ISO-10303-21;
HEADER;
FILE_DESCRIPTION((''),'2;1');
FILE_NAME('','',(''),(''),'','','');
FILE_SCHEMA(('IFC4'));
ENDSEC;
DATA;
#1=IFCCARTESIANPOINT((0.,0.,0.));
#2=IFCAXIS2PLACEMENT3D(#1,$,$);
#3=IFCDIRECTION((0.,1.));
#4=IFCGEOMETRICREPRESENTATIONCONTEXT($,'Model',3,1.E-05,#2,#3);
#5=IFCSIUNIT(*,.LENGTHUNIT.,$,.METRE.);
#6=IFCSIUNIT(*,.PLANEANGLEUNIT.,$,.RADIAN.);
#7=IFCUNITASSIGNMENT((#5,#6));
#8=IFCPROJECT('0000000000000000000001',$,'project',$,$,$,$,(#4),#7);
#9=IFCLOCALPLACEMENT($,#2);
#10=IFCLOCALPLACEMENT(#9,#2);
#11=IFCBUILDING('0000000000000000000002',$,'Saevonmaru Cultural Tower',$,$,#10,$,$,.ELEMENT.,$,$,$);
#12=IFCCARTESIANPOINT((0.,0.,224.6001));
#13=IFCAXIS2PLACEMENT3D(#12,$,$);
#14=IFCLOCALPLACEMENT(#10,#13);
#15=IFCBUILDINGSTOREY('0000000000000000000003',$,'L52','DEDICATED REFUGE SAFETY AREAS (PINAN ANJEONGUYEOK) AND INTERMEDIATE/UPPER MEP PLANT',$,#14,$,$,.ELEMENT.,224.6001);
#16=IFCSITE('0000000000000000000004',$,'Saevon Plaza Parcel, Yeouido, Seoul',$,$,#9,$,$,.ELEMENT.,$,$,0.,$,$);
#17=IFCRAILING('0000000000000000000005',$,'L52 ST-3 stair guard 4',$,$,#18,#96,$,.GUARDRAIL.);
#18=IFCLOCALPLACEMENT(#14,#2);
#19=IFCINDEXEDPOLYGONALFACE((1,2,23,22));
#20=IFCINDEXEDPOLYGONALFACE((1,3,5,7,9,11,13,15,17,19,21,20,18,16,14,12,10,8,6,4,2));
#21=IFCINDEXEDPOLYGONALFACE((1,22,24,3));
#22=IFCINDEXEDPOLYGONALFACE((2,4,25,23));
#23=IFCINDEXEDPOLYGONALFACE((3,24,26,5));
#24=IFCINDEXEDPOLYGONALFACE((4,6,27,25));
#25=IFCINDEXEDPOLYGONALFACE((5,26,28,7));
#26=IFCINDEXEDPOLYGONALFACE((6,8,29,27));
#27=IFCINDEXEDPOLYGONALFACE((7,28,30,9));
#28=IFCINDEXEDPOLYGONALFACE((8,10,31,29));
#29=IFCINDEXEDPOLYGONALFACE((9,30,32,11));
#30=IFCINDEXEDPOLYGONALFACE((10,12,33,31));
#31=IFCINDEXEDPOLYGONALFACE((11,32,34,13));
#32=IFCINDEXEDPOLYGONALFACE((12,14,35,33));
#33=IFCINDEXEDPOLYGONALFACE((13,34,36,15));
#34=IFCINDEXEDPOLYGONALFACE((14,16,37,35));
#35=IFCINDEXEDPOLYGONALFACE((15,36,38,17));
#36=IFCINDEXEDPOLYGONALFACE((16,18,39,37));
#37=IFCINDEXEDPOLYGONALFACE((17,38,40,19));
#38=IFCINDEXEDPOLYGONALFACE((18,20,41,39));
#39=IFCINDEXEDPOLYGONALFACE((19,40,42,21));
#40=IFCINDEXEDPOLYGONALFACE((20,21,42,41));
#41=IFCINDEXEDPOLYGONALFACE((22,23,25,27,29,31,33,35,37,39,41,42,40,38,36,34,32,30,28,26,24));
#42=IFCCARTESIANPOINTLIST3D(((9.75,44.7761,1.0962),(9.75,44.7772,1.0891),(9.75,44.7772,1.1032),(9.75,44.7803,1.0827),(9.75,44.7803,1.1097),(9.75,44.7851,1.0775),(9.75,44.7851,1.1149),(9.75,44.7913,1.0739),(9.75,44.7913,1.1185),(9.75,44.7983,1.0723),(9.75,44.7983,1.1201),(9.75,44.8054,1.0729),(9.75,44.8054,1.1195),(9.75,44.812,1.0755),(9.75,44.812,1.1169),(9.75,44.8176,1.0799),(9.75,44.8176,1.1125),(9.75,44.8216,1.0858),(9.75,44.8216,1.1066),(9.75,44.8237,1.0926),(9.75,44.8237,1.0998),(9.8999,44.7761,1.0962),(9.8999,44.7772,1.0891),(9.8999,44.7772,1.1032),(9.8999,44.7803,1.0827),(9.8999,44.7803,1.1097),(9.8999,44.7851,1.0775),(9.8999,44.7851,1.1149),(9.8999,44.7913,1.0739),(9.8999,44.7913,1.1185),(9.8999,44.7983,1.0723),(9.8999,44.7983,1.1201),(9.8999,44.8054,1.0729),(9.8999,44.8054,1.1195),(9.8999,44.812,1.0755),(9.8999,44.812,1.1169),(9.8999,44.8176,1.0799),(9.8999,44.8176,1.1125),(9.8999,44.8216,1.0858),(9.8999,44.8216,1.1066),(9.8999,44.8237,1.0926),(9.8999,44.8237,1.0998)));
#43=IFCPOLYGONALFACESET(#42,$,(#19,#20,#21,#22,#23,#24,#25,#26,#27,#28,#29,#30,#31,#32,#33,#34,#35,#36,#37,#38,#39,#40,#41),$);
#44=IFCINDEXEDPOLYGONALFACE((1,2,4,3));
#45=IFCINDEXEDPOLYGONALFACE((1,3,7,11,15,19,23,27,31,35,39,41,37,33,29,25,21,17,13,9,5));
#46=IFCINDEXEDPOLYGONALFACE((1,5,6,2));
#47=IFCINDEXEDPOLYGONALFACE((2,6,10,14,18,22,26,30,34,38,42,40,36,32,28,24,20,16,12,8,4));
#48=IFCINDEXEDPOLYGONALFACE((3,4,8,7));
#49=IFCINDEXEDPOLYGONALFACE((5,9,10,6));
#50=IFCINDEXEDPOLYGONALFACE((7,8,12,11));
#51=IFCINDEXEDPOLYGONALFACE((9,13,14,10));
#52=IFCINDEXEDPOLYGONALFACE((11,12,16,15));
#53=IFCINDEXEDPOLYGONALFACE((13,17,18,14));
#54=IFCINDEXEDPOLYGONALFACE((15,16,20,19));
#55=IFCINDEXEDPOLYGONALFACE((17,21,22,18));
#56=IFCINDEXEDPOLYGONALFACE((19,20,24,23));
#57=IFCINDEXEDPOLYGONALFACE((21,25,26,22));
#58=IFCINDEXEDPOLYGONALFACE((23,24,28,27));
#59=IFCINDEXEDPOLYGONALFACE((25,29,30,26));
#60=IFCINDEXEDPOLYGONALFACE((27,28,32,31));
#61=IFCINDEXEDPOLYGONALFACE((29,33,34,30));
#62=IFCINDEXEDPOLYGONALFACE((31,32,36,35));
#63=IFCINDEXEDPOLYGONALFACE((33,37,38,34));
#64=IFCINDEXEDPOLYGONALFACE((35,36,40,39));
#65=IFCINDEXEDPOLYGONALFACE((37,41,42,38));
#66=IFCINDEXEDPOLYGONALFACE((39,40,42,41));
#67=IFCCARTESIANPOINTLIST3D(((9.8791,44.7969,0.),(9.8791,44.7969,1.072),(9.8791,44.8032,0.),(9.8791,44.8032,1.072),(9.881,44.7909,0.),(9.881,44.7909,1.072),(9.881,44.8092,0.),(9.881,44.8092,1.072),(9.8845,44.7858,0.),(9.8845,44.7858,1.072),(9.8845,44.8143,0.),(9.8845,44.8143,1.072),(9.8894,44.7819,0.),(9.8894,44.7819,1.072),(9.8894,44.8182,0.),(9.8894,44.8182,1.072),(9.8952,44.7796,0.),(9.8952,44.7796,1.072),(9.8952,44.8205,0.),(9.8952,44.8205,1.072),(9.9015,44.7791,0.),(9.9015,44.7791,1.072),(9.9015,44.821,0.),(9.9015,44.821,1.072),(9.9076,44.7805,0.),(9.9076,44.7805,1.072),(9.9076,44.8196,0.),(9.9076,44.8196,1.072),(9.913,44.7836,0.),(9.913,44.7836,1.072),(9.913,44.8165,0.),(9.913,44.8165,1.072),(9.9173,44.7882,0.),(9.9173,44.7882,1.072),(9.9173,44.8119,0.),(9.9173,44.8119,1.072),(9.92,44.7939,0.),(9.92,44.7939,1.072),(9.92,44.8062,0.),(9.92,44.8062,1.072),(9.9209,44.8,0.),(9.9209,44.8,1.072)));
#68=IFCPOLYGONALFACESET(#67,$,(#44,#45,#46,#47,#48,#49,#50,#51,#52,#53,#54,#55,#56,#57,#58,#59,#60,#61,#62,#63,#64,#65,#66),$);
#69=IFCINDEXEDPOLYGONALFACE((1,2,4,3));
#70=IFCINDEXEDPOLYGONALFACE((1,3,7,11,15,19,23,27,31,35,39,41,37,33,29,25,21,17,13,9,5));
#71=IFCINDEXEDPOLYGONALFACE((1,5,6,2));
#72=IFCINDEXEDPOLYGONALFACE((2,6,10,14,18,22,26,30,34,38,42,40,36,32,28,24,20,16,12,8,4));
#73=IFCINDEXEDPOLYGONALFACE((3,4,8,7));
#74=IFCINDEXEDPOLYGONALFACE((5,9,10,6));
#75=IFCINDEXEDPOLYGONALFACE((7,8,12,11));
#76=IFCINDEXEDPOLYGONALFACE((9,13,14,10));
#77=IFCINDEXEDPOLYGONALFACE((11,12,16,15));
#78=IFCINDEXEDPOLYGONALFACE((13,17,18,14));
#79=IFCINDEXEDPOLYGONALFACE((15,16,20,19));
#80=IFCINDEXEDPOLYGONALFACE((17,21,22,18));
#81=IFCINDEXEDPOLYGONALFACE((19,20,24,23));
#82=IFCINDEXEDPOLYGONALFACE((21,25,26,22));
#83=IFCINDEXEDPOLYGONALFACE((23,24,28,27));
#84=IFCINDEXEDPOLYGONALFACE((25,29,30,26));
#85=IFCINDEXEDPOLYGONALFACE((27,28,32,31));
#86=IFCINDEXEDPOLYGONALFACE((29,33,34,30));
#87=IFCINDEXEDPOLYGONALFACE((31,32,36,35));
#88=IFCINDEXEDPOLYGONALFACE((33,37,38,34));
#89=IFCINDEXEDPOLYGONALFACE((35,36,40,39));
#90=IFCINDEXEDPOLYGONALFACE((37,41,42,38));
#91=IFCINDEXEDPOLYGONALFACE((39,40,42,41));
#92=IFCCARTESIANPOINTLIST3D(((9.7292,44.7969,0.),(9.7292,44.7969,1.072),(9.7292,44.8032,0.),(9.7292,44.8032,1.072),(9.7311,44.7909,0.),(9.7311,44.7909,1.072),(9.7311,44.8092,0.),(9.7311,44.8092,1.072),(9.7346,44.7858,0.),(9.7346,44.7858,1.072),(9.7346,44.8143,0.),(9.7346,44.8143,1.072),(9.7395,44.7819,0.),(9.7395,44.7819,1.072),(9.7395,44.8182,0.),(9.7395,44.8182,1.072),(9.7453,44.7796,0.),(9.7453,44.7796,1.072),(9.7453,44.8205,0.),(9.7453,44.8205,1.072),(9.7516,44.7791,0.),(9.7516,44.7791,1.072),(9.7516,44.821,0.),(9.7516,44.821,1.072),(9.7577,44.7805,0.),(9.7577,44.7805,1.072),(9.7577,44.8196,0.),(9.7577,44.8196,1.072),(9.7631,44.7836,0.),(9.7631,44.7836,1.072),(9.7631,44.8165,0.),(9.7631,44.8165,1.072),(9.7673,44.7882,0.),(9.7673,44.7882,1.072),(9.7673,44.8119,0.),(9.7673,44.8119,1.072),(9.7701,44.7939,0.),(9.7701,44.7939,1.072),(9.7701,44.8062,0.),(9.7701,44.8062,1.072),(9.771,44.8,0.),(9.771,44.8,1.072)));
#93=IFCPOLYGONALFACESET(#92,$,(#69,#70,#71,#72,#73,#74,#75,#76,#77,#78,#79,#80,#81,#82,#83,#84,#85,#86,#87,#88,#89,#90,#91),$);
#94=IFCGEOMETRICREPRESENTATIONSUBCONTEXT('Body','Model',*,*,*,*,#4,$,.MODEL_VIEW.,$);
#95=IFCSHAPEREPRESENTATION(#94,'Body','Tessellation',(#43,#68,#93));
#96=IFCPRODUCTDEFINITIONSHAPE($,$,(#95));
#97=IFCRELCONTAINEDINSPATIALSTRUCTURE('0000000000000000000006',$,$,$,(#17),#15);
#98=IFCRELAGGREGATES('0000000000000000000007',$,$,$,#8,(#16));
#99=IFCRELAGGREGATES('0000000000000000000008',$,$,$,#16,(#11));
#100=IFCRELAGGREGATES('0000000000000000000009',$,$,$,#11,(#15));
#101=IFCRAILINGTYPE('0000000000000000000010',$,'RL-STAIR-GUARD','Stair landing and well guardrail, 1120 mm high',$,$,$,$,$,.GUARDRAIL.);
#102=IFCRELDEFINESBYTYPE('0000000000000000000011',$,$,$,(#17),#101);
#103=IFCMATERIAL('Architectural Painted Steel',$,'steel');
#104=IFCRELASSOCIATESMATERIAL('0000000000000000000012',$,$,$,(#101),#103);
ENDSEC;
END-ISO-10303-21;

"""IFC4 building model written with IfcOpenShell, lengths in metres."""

from ifc_helpers import new_model, si_unit, direction, frame, origin, origin_2d, place, context, subcontext, project, spatial, circle, extrude, material, type_object, element, save


model = new_model("IFC4")

# Units and contexts
model_context = context("Model", 3, precision=1e-05, world=origin(), true_north=direction((0.0, 1.0)))
body_context = subcontext(model_context, "Body", "Model", "MODEL_VIEW")
ifc_project = project(units=[si_unit("LENGTHUNIT", "METRE"), si_unit("PLANEANGLEUNIT", "RADIAN")], contexts=[model_context])

# Site, building, storey
site_placement = place(None, origin())
site = spatial("IfcSite", under=ifc_project, at=site_placement, Name="Saevon Plaza Parcel, Yeouido, Seoul", CompositionType="ELEMENT", RefElevation=0.0)
building_placement = place(site_placement, origin())
building = spatial("IfcBuilding", under=site, at=building_placement, Name="Saevonmaru Cultural Tower", CompositionType="ELEMENT")
storey_placement = place(building_placement, frame((0.0, 0.0, 224.6001)))
storey = spatial("IfcBuildingStorey", under=building, at=storey_placement, Name="L52", Description="DEDICATED REFUGE SAFETY AREAS (PINAN ANJEONGUYEOK) AND INTERMEDIATE/UPPER MEP PLANT", CompositionType="ELEMENT", Elevation=224.6001)

# Railing
ifc_material_1 = material(Name="Architectural Painted Steel", Category="steel")
railing_type_1 = type_object("IfcRailingType", Name="RL-STAIR-GUARD", Description="Stair landing and well guardrail, 1120 mm high", PredefinedType="GUARDRAIL", material=ifc_material_1)
railing_1_placement = place(storey_placement, frame((9.8999, 44.8, 0.0)))
element("IfcRailing", 1, at=railing_1_placement, inside=storey, type_object=railing_type_1, Name="L52 ST-3 stair guard 4", PredefinedType="GUARDRAIL", context=body_context, shape_type="SweptSolid", body=[
    extrude(circle(Radius=0.0239, at=origin_2d()), frame((0.0, 0.0, 1.0962), z_axis=(-1.0, 0.0, 0.0), x_axis=(0.0, -1.0, 0.0)), (0.0, 0.0, 1.0), 0.1499),
    extrude(circle(Radius=0.021, at=origin_2d()), origin(), (0.0, 0.0, 1.0), 1.072),
    extrude(circle(Radius=0.021, at=origin_2d()), frame((-0.1499, 0.0, 0.0)), (0.0, 0.0, 1.0), 1.072),
])

save(model, "model.ifc")
